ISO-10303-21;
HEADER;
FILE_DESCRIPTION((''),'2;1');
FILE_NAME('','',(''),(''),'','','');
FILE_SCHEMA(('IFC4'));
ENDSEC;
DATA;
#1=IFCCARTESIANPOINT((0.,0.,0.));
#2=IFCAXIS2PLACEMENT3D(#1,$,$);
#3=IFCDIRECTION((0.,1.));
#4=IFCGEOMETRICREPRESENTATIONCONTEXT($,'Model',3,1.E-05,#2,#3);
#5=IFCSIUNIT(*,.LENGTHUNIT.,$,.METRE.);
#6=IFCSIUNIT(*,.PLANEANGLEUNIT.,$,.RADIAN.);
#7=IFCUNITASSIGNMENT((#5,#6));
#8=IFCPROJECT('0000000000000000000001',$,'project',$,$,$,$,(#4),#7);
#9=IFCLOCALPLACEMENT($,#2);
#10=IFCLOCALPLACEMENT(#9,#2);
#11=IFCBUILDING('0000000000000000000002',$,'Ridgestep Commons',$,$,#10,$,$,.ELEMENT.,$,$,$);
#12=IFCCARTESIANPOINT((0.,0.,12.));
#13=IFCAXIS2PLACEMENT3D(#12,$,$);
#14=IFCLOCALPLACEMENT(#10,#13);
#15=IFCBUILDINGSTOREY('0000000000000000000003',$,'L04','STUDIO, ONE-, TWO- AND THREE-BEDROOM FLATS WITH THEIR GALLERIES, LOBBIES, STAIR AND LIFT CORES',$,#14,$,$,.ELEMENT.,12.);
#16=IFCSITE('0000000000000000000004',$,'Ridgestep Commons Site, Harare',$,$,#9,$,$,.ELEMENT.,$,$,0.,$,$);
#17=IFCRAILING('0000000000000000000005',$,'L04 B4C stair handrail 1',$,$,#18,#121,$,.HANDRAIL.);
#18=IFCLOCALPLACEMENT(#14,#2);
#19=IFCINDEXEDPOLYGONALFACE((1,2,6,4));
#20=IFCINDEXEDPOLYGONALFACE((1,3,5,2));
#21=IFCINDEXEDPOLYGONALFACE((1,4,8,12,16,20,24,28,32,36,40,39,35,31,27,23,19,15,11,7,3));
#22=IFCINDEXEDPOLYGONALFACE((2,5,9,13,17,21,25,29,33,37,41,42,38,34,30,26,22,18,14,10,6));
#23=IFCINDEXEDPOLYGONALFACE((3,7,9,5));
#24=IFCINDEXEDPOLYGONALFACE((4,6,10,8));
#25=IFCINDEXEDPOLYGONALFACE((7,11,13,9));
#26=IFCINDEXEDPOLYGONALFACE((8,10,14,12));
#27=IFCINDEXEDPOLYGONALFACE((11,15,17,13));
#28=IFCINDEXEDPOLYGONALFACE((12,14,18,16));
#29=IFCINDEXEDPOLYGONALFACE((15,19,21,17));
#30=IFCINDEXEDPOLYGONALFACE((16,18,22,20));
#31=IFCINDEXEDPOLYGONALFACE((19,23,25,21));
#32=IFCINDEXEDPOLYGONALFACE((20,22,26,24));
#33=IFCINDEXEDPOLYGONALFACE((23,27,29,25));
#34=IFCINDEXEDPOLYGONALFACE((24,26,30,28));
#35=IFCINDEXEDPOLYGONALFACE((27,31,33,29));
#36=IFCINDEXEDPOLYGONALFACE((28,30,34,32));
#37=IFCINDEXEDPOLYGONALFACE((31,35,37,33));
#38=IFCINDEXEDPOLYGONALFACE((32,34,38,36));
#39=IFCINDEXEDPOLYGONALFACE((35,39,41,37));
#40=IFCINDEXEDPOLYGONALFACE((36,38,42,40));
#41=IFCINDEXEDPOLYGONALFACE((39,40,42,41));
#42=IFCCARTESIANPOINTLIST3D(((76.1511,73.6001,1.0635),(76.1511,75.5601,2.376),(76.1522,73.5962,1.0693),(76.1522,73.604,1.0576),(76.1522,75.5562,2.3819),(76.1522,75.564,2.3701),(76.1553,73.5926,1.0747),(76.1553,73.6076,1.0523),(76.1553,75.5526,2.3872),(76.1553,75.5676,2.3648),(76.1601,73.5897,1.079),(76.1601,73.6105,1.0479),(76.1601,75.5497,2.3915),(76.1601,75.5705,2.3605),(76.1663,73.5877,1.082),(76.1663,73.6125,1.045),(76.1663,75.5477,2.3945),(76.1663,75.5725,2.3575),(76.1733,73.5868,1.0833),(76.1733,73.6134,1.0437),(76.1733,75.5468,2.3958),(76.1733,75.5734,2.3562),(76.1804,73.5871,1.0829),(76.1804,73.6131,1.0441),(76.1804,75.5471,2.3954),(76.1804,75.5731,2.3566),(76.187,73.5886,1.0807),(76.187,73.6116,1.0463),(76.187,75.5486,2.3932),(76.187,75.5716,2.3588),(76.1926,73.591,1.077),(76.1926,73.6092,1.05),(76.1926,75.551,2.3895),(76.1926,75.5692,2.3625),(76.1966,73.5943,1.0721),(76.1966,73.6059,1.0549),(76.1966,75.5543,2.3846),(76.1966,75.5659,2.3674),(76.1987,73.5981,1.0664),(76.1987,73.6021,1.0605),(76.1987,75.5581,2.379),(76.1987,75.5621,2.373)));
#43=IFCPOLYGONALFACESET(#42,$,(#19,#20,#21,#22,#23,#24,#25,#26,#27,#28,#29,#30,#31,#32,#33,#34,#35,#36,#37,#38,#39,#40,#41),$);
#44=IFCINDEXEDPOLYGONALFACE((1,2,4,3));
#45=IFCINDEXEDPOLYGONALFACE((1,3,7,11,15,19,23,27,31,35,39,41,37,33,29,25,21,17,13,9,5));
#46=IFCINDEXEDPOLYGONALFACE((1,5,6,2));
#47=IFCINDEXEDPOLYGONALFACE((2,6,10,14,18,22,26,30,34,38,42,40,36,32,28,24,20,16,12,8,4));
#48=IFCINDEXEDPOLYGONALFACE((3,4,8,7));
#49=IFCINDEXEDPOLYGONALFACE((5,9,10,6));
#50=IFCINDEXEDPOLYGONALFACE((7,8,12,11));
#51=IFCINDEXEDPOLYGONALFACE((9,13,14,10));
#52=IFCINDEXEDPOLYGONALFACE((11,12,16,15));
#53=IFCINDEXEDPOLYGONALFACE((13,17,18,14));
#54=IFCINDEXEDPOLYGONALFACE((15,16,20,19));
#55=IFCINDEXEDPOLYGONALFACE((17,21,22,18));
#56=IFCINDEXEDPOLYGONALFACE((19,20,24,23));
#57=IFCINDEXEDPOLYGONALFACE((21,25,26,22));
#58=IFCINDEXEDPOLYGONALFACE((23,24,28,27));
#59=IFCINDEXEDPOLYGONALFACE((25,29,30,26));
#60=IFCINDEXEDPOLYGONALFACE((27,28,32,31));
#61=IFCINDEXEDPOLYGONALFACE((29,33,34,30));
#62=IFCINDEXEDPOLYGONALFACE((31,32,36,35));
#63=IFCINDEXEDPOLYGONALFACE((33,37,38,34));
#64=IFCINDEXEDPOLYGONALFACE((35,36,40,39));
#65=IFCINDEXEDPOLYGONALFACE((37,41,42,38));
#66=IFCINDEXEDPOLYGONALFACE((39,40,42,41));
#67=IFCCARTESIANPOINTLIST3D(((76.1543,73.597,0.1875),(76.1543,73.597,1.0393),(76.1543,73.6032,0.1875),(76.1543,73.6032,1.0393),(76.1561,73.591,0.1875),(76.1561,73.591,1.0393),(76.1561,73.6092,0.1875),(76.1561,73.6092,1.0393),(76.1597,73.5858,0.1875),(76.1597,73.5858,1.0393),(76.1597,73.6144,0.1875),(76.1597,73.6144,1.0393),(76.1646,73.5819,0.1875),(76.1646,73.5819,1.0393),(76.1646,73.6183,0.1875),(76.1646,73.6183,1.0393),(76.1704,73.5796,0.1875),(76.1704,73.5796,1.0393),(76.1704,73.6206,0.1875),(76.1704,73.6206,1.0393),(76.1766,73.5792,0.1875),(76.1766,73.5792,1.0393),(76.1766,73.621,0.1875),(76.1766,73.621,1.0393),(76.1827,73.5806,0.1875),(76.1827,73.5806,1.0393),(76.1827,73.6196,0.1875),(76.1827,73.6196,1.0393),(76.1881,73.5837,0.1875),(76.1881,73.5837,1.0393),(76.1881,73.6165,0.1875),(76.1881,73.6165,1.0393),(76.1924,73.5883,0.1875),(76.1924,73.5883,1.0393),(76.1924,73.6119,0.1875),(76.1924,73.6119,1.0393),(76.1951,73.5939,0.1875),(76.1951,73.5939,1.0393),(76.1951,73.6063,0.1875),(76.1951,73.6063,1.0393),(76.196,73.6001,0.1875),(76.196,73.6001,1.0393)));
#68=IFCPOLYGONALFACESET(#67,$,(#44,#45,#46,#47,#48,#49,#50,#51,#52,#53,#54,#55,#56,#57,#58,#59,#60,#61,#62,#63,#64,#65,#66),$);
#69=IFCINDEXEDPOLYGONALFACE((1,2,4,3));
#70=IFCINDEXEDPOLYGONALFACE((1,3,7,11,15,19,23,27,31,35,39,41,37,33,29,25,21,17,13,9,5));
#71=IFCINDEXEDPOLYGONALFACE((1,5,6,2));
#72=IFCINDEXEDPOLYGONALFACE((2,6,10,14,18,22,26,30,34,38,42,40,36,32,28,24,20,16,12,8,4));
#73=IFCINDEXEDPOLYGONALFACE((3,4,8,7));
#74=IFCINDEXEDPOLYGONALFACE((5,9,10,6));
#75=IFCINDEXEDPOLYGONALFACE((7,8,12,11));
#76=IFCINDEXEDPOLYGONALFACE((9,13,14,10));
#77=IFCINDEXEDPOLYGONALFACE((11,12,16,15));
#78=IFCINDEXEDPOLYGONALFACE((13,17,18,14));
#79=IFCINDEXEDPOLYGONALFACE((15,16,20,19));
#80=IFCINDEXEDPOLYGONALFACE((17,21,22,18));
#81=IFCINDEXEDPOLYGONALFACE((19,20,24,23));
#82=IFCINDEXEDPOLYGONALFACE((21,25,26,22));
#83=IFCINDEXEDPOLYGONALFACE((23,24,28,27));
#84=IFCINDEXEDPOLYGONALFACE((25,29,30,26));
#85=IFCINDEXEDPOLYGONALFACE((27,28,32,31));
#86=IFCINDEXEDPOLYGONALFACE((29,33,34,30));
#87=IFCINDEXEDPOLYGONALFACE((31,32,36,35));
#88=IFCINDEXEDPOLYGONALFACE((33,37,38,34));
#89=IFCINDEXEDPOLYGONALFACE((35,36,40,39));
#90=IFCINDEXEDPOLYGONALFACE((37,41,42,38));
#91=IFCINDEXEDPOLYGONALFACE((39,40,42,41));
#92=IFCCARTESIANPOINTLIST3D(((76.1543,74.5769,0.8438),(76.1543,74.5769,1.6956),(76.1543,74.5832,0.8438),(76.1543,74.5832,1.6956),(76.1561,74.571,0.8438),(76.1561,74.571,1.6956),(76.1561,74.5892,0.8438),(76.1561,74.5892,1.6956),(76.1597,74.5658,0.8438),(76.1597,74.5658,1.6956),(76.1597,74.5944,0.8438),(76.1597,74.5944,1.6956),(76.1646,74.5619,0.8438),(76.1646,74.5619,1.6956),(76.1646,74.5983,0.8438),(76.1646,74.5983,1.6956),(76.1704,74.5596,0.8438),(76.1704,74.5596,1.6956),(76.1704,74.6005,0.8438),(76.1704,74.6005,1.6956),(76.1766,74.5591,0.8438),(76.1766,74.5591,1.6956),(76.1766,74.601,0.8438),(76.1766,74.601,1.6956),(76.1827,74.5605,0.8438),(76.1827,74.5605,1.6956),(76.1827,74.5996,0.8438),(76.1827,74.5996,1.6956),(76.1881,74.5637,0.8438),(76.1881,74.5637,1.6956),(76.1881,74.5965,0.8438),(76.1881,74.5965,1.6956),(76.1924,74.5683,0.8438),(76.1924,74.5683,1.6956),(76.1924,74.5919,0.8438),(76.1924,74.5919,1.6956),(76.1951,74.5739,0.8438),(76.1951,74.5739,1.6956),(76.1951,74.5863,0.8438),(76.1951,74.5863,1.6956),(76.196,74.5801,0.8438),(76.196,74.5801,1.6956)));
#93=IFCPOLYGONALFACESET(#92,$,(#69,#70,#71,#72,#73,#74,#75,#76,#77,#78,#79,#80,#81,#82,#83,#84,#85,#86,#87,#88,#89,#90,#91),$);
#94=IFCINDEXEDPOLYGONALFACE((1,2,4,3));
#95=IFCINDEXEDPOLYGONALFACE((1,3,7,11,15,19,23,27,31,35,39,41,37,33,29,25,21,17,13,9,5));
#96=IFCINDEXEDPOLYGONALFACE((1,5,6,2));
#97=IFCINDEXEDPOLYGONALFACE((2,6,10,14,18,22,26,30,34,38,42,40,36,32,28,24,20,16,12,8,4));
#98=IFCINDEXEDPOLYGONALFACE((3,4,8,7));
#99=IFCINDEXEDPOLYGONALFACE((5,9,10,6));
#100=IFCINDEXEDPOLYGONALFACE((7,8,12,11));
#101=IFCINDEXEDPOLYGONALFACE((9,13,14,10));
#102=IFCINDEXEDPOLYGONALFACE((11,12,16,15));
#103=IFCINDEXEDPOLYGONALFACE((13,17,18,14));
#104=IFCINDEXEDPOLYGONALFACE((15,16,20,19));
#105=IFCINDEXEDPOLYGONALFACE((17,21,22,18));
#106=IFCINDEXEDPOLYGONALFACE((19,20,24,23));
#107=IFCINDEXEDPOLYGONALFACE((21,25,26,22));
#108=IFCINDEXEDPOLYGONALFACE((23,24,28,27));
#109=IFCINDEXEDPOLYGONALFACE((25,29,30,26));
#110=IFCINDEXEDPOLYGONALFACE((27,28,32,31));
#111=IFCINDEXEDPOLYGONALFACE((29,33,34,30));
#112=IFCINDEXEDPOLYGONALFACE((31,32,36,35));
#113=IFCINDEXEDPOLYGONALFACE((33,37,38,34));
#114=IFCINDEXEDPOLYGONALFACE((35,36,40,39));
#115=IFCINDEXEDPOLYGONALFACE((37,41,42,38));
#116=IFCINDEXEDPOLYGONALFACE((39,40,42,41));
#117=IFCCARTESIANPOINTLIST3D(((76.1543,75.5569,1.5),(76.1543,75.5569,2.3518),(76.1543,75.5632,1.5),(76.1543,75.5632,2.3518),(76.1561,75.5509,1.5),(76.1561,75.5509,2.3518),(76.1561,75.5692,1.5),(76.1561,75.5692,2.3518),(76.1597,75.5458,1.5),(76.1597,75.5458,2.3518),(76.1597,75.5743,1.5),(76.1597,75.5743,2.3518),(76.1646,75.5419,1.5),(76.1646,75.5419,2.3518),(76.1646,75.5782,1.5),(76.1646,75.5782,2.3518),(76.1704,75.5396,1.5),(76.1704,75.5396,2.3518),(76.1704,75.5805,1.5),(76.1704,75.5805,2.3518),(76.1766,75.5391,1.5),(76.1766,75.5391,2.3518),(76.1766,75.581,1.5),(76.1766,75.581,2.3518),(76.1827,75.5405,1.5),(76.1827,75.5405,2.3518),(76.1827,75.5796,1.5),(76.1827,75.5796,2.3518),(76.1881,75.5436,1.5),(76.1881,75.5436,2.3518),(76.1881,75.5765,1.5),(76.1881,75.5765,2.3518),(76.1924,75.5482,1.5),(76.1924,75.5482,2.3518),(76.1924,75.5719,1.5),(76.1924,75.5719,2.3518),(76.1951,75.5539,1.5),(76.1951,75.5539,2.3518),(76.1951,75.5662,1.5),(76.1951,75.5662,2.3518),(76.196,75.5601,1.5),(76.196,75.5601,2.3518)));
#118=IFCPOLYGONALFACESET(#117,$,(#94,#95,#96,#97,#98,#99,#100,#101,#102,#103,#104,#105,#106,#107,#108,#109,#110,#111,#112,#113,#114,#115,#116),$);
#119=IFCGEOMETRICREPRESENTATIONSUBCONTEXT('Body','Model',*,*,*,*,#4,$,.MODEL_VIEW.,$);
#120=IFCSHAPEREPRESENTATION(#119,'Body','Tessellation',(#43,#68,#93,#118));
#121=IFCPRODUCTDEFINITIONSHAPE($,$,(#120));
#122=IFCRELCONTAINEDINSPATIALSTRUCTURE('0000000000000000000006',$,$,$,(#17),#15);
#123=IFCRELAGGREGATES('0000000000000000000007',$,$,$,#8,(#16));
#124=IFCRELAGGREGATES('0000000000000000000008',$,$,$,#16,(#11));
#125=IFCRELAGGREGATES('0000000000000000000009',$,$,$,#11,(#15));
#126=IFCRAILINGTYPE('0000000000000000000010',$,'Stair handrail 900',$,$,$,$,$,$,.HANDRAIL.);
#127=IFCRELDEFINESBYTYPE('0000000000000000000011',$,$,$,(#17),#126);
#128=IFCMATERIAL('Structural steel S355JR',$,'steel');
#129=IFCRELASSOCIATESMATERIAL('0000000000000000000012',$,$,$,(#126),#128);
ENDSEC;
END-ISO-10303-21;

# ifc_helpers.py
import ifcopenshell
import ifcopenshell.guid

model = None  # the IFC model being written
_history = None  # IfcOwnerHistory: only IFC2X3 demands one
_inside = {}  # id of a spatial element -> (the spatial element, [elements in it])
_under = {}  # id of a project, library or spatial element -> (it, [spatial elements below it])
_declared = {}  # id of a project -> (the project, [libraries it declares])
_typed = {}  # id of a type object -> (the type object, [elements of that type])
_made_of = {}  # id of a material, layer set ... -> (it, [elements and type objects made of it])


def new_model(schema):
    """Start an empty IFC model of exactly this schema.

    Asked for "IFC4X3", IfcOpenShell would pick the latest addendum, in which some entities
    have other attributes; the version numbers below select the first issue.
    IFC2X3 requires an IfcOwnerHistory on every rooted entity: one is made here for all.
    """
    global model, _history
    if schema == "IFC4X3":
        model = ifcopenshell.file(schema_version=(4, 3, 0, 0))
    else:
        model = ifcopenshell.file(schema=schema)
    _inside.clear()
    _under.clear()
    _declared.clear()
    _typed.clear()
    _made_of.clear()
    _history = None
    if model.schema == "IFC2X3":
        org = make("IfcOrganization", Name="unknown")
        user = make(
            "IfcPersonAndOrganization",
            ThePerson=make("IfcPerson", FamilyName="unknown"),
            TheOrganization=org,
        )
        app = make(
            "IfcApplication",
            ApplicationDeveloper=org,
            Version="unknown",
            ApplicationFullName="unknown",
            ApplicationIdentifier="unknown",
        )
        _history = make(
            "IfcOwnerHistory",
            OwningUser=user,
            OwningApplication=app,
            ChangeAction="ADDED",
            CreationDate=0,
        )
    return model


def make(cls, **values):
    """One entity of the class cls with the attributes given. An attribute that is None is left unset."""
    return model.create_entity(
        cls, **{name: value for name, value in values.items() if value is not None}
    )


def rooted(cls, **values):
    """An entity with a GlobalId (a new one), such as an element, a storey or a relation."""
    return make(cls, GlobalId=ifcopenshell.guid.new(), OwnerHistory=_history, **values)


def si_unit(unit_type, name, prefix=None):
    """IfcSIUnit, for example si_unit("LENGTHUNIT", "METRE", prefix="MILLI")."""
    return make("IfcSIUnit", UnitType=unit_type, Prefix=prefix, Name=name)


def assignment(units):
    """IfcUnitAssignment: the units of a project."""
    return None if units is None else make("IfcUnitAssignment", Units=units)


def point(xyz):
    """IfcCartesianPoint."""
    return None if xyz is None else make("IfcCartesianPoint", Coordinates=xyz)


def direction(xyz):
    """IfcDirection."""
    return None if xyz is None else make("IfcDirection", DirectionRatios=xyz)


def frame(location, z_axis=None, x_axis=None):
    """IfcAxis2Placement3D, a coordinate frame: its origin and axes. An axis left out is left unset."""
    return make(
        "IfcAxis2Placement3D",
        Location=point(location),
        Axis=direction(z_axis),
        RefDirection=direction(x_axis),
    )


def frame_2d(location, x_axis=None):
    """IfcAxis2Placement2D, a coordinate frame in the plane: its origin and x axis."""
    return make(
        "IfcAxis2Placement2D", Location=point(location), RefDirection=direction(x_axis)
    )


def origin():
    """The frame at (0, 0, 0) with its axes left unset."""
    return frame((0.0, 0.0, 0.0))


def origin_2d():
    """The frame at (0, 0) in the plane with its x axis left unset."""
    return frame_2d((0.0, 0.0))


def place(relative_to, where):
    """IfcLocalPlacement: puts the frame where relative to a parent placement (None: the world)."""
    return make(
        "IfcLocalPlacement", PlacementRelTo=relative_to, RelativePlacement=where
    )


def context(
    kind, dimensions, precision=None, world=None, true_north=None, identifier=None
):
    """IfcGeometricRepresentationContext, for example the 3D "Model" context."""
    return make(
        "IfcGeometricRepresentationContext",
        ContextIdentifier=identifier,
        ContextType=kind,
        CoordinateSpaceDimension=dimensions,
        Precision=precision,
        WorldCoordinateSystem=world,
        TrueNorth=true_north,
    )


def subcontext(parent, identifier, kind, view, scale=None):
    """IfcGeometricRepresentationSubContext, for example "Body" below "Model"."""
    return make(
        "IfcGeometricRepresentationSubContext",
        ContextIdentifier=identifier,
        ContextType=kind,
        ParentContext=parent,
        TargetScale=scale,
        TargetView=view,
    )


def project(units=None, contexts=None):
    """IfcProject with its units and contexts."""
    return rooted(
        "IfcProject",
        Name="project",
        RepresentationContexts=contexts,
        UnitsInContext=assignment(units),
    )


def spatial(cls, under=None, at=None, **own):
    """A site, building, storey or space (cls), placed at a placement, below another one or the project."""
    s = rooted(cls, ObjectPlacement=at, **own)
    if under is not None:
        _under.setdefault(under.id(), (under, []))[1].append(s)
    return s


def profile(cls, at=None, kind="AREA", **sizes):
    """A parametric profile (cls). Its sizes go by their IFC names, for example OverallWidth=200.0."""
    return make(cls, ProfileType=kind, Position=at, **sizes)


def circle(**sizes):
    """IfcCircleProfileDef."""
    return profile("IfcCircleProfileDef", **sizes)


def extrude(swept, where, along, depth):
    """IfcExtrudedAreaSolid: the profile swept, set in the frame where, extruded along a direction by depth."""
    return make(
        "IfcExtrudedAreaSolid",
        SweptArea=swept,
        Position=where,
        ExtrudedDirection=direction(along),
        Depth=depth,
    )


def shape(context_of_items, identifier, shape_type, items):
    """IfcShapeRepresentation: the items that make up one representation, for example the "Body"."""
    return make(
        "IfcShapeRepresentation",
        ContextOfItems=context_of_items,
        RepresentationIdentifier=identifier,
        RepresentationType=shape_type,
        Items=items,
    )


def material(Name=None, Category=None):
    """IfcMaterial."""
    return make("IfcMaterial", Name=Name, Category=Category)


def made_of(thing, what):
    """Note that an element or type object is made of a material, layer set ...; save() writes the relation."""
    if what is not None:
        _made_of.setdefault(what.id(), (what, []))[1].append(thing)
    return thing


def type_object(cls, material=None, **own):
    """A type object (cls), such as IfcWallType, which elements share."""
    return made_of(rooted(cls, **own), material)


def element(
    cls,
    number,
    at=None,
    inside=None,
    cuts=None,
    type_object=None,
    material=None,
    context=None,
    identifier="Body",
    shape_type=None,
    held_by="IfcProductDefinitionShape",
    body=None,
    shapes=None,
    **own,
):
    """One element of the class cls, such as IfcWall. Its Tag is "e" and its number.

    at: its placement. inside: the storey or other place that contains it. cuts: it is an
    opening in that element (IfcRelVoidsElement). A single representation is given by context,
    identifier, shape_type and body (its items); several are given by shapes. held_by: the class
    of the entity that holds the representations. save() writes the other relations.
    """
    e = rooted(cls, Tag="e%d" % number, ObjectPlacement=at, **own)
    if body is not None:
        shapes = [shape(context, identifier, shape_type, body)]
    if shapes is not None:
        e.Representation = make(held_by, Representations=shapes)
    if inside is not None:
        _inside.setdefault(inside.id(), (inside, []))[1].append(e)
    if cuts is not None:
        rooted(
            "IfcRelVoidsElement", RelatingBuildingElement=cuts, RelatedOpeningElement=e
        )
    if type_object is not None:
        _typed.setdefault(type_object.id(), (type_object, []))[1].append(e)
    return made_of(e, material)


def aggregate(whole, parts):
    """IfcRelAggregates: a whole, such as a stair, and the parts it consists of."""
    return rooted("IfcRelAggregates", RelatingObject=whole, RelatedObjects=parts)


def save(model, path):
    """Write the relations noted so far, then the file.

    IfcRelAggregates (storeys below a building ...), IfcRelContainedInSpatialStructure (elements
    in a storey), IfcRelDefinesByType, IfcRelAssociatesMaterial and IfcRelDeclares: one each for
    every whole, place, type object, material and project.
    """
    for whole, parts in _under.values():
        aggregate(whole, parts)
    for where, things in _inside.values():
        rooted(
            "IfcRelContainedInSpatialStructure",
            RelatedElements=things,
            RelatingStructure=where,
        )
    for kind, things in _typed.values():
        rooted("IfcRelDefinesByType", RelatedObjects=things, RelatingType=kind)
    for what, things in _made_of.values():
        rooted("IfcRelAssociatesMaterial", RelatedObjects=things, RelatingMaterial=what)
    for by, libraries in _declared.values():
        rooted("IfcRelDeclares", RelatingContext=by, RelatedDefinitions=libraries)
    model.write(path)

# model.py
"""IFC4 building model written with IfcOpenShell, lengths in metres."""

from ifc_helpers import new_model, si_unit, direction, frame, origin, origin_2d, place, context, subcontext, project, spatial, circle, extrude, material, type_object, element, save


model = new_model("IFC4")

# Units and contexts
model_context = context("Model", 3, precision=1e-05, world=origin(), true_north=direction((0.0, 1.0)))
body_context = subcontext(model_context, "Body", "Model", "MODEL_VIEW")
ifc_project = project(units=[si_unit("LENGTHUNIT", "METRE"), si_unit("PLANEANGLEUNIT", "RADIAN")], contexts=[model_context])

# Site, building, storey
site_placement = place(None, origin())
site = spatial("IfcSite", under=ifc_project, at=site_placement, Name="Ridgestep Commons Site, Harare", CompositionType="ELEMENT", RefElevation=0.0)
building_placement = place(site_placement, origin())
building = spatial("IfcBuilding", under=site, at=building_placement, Name="Ridgestep Commons", CompositionType="ELEMENT")
storey_placement = place(building_placement, frame((0.0, 0.0, 12.0)))
storey = spatial("IfcBuildingStorey", under=building, at=storey_placement, Name="L04", Description="STUDIO, ONE-, TWO- AND THREE-BEDROOM FLATS WITH THEIR GALLERIES, LOBBIES, STAIR AND LIFT CORES", CompositionType="ELEMENT", Elevation=12.0)

# Railing
ifc_material_1 = material(Name="Structural steel S355JR", Category="steel")
railing_type_1 = type_object("IfcRailingType", Name="Stair handrail 900", PredefinedType="HANDRAIL", material=ifc_material_1)
railing_1_placement = place(storey_placement, frame((76.175, 73.6001, 0.1875)))
element("IfcRailing", 1, at=railing_1_placement, inside=storey, type_object=railing_type_1, Name="L04 B4C stair handrail 1", PredefinedType="HANDRAIL", context=body_context, shape_type="SweptSolid", body=[
    extrude(circle(Radius=0.0239, at=origin_2d()), frame((0.0, 0.0, 0.876), z_axis=(0.0, 0.830902, 0.556419), x_axis=(-1.0, 0.0, 0.0)), (0.0, 0.0, 1.0), 2.3589),
    extrude(circle(Radius=0.021, at=origin_2d()), origin(), (0.0, 0.0, 1.0), 0.8518),
    extrude(circle(Radius=0.021, at=origin_2d()), frame((0.0, 0.98, 0.6562)), (0.0, 0.0, 1.0), 0.8518),
    extrude(circle(Radius=0.021, at=origin_2d()), frame((0.0, 1.96, 1.3125)), (0.0, 0.0, 1.0), 0.8518),
])

save(model, "model.ifc")
